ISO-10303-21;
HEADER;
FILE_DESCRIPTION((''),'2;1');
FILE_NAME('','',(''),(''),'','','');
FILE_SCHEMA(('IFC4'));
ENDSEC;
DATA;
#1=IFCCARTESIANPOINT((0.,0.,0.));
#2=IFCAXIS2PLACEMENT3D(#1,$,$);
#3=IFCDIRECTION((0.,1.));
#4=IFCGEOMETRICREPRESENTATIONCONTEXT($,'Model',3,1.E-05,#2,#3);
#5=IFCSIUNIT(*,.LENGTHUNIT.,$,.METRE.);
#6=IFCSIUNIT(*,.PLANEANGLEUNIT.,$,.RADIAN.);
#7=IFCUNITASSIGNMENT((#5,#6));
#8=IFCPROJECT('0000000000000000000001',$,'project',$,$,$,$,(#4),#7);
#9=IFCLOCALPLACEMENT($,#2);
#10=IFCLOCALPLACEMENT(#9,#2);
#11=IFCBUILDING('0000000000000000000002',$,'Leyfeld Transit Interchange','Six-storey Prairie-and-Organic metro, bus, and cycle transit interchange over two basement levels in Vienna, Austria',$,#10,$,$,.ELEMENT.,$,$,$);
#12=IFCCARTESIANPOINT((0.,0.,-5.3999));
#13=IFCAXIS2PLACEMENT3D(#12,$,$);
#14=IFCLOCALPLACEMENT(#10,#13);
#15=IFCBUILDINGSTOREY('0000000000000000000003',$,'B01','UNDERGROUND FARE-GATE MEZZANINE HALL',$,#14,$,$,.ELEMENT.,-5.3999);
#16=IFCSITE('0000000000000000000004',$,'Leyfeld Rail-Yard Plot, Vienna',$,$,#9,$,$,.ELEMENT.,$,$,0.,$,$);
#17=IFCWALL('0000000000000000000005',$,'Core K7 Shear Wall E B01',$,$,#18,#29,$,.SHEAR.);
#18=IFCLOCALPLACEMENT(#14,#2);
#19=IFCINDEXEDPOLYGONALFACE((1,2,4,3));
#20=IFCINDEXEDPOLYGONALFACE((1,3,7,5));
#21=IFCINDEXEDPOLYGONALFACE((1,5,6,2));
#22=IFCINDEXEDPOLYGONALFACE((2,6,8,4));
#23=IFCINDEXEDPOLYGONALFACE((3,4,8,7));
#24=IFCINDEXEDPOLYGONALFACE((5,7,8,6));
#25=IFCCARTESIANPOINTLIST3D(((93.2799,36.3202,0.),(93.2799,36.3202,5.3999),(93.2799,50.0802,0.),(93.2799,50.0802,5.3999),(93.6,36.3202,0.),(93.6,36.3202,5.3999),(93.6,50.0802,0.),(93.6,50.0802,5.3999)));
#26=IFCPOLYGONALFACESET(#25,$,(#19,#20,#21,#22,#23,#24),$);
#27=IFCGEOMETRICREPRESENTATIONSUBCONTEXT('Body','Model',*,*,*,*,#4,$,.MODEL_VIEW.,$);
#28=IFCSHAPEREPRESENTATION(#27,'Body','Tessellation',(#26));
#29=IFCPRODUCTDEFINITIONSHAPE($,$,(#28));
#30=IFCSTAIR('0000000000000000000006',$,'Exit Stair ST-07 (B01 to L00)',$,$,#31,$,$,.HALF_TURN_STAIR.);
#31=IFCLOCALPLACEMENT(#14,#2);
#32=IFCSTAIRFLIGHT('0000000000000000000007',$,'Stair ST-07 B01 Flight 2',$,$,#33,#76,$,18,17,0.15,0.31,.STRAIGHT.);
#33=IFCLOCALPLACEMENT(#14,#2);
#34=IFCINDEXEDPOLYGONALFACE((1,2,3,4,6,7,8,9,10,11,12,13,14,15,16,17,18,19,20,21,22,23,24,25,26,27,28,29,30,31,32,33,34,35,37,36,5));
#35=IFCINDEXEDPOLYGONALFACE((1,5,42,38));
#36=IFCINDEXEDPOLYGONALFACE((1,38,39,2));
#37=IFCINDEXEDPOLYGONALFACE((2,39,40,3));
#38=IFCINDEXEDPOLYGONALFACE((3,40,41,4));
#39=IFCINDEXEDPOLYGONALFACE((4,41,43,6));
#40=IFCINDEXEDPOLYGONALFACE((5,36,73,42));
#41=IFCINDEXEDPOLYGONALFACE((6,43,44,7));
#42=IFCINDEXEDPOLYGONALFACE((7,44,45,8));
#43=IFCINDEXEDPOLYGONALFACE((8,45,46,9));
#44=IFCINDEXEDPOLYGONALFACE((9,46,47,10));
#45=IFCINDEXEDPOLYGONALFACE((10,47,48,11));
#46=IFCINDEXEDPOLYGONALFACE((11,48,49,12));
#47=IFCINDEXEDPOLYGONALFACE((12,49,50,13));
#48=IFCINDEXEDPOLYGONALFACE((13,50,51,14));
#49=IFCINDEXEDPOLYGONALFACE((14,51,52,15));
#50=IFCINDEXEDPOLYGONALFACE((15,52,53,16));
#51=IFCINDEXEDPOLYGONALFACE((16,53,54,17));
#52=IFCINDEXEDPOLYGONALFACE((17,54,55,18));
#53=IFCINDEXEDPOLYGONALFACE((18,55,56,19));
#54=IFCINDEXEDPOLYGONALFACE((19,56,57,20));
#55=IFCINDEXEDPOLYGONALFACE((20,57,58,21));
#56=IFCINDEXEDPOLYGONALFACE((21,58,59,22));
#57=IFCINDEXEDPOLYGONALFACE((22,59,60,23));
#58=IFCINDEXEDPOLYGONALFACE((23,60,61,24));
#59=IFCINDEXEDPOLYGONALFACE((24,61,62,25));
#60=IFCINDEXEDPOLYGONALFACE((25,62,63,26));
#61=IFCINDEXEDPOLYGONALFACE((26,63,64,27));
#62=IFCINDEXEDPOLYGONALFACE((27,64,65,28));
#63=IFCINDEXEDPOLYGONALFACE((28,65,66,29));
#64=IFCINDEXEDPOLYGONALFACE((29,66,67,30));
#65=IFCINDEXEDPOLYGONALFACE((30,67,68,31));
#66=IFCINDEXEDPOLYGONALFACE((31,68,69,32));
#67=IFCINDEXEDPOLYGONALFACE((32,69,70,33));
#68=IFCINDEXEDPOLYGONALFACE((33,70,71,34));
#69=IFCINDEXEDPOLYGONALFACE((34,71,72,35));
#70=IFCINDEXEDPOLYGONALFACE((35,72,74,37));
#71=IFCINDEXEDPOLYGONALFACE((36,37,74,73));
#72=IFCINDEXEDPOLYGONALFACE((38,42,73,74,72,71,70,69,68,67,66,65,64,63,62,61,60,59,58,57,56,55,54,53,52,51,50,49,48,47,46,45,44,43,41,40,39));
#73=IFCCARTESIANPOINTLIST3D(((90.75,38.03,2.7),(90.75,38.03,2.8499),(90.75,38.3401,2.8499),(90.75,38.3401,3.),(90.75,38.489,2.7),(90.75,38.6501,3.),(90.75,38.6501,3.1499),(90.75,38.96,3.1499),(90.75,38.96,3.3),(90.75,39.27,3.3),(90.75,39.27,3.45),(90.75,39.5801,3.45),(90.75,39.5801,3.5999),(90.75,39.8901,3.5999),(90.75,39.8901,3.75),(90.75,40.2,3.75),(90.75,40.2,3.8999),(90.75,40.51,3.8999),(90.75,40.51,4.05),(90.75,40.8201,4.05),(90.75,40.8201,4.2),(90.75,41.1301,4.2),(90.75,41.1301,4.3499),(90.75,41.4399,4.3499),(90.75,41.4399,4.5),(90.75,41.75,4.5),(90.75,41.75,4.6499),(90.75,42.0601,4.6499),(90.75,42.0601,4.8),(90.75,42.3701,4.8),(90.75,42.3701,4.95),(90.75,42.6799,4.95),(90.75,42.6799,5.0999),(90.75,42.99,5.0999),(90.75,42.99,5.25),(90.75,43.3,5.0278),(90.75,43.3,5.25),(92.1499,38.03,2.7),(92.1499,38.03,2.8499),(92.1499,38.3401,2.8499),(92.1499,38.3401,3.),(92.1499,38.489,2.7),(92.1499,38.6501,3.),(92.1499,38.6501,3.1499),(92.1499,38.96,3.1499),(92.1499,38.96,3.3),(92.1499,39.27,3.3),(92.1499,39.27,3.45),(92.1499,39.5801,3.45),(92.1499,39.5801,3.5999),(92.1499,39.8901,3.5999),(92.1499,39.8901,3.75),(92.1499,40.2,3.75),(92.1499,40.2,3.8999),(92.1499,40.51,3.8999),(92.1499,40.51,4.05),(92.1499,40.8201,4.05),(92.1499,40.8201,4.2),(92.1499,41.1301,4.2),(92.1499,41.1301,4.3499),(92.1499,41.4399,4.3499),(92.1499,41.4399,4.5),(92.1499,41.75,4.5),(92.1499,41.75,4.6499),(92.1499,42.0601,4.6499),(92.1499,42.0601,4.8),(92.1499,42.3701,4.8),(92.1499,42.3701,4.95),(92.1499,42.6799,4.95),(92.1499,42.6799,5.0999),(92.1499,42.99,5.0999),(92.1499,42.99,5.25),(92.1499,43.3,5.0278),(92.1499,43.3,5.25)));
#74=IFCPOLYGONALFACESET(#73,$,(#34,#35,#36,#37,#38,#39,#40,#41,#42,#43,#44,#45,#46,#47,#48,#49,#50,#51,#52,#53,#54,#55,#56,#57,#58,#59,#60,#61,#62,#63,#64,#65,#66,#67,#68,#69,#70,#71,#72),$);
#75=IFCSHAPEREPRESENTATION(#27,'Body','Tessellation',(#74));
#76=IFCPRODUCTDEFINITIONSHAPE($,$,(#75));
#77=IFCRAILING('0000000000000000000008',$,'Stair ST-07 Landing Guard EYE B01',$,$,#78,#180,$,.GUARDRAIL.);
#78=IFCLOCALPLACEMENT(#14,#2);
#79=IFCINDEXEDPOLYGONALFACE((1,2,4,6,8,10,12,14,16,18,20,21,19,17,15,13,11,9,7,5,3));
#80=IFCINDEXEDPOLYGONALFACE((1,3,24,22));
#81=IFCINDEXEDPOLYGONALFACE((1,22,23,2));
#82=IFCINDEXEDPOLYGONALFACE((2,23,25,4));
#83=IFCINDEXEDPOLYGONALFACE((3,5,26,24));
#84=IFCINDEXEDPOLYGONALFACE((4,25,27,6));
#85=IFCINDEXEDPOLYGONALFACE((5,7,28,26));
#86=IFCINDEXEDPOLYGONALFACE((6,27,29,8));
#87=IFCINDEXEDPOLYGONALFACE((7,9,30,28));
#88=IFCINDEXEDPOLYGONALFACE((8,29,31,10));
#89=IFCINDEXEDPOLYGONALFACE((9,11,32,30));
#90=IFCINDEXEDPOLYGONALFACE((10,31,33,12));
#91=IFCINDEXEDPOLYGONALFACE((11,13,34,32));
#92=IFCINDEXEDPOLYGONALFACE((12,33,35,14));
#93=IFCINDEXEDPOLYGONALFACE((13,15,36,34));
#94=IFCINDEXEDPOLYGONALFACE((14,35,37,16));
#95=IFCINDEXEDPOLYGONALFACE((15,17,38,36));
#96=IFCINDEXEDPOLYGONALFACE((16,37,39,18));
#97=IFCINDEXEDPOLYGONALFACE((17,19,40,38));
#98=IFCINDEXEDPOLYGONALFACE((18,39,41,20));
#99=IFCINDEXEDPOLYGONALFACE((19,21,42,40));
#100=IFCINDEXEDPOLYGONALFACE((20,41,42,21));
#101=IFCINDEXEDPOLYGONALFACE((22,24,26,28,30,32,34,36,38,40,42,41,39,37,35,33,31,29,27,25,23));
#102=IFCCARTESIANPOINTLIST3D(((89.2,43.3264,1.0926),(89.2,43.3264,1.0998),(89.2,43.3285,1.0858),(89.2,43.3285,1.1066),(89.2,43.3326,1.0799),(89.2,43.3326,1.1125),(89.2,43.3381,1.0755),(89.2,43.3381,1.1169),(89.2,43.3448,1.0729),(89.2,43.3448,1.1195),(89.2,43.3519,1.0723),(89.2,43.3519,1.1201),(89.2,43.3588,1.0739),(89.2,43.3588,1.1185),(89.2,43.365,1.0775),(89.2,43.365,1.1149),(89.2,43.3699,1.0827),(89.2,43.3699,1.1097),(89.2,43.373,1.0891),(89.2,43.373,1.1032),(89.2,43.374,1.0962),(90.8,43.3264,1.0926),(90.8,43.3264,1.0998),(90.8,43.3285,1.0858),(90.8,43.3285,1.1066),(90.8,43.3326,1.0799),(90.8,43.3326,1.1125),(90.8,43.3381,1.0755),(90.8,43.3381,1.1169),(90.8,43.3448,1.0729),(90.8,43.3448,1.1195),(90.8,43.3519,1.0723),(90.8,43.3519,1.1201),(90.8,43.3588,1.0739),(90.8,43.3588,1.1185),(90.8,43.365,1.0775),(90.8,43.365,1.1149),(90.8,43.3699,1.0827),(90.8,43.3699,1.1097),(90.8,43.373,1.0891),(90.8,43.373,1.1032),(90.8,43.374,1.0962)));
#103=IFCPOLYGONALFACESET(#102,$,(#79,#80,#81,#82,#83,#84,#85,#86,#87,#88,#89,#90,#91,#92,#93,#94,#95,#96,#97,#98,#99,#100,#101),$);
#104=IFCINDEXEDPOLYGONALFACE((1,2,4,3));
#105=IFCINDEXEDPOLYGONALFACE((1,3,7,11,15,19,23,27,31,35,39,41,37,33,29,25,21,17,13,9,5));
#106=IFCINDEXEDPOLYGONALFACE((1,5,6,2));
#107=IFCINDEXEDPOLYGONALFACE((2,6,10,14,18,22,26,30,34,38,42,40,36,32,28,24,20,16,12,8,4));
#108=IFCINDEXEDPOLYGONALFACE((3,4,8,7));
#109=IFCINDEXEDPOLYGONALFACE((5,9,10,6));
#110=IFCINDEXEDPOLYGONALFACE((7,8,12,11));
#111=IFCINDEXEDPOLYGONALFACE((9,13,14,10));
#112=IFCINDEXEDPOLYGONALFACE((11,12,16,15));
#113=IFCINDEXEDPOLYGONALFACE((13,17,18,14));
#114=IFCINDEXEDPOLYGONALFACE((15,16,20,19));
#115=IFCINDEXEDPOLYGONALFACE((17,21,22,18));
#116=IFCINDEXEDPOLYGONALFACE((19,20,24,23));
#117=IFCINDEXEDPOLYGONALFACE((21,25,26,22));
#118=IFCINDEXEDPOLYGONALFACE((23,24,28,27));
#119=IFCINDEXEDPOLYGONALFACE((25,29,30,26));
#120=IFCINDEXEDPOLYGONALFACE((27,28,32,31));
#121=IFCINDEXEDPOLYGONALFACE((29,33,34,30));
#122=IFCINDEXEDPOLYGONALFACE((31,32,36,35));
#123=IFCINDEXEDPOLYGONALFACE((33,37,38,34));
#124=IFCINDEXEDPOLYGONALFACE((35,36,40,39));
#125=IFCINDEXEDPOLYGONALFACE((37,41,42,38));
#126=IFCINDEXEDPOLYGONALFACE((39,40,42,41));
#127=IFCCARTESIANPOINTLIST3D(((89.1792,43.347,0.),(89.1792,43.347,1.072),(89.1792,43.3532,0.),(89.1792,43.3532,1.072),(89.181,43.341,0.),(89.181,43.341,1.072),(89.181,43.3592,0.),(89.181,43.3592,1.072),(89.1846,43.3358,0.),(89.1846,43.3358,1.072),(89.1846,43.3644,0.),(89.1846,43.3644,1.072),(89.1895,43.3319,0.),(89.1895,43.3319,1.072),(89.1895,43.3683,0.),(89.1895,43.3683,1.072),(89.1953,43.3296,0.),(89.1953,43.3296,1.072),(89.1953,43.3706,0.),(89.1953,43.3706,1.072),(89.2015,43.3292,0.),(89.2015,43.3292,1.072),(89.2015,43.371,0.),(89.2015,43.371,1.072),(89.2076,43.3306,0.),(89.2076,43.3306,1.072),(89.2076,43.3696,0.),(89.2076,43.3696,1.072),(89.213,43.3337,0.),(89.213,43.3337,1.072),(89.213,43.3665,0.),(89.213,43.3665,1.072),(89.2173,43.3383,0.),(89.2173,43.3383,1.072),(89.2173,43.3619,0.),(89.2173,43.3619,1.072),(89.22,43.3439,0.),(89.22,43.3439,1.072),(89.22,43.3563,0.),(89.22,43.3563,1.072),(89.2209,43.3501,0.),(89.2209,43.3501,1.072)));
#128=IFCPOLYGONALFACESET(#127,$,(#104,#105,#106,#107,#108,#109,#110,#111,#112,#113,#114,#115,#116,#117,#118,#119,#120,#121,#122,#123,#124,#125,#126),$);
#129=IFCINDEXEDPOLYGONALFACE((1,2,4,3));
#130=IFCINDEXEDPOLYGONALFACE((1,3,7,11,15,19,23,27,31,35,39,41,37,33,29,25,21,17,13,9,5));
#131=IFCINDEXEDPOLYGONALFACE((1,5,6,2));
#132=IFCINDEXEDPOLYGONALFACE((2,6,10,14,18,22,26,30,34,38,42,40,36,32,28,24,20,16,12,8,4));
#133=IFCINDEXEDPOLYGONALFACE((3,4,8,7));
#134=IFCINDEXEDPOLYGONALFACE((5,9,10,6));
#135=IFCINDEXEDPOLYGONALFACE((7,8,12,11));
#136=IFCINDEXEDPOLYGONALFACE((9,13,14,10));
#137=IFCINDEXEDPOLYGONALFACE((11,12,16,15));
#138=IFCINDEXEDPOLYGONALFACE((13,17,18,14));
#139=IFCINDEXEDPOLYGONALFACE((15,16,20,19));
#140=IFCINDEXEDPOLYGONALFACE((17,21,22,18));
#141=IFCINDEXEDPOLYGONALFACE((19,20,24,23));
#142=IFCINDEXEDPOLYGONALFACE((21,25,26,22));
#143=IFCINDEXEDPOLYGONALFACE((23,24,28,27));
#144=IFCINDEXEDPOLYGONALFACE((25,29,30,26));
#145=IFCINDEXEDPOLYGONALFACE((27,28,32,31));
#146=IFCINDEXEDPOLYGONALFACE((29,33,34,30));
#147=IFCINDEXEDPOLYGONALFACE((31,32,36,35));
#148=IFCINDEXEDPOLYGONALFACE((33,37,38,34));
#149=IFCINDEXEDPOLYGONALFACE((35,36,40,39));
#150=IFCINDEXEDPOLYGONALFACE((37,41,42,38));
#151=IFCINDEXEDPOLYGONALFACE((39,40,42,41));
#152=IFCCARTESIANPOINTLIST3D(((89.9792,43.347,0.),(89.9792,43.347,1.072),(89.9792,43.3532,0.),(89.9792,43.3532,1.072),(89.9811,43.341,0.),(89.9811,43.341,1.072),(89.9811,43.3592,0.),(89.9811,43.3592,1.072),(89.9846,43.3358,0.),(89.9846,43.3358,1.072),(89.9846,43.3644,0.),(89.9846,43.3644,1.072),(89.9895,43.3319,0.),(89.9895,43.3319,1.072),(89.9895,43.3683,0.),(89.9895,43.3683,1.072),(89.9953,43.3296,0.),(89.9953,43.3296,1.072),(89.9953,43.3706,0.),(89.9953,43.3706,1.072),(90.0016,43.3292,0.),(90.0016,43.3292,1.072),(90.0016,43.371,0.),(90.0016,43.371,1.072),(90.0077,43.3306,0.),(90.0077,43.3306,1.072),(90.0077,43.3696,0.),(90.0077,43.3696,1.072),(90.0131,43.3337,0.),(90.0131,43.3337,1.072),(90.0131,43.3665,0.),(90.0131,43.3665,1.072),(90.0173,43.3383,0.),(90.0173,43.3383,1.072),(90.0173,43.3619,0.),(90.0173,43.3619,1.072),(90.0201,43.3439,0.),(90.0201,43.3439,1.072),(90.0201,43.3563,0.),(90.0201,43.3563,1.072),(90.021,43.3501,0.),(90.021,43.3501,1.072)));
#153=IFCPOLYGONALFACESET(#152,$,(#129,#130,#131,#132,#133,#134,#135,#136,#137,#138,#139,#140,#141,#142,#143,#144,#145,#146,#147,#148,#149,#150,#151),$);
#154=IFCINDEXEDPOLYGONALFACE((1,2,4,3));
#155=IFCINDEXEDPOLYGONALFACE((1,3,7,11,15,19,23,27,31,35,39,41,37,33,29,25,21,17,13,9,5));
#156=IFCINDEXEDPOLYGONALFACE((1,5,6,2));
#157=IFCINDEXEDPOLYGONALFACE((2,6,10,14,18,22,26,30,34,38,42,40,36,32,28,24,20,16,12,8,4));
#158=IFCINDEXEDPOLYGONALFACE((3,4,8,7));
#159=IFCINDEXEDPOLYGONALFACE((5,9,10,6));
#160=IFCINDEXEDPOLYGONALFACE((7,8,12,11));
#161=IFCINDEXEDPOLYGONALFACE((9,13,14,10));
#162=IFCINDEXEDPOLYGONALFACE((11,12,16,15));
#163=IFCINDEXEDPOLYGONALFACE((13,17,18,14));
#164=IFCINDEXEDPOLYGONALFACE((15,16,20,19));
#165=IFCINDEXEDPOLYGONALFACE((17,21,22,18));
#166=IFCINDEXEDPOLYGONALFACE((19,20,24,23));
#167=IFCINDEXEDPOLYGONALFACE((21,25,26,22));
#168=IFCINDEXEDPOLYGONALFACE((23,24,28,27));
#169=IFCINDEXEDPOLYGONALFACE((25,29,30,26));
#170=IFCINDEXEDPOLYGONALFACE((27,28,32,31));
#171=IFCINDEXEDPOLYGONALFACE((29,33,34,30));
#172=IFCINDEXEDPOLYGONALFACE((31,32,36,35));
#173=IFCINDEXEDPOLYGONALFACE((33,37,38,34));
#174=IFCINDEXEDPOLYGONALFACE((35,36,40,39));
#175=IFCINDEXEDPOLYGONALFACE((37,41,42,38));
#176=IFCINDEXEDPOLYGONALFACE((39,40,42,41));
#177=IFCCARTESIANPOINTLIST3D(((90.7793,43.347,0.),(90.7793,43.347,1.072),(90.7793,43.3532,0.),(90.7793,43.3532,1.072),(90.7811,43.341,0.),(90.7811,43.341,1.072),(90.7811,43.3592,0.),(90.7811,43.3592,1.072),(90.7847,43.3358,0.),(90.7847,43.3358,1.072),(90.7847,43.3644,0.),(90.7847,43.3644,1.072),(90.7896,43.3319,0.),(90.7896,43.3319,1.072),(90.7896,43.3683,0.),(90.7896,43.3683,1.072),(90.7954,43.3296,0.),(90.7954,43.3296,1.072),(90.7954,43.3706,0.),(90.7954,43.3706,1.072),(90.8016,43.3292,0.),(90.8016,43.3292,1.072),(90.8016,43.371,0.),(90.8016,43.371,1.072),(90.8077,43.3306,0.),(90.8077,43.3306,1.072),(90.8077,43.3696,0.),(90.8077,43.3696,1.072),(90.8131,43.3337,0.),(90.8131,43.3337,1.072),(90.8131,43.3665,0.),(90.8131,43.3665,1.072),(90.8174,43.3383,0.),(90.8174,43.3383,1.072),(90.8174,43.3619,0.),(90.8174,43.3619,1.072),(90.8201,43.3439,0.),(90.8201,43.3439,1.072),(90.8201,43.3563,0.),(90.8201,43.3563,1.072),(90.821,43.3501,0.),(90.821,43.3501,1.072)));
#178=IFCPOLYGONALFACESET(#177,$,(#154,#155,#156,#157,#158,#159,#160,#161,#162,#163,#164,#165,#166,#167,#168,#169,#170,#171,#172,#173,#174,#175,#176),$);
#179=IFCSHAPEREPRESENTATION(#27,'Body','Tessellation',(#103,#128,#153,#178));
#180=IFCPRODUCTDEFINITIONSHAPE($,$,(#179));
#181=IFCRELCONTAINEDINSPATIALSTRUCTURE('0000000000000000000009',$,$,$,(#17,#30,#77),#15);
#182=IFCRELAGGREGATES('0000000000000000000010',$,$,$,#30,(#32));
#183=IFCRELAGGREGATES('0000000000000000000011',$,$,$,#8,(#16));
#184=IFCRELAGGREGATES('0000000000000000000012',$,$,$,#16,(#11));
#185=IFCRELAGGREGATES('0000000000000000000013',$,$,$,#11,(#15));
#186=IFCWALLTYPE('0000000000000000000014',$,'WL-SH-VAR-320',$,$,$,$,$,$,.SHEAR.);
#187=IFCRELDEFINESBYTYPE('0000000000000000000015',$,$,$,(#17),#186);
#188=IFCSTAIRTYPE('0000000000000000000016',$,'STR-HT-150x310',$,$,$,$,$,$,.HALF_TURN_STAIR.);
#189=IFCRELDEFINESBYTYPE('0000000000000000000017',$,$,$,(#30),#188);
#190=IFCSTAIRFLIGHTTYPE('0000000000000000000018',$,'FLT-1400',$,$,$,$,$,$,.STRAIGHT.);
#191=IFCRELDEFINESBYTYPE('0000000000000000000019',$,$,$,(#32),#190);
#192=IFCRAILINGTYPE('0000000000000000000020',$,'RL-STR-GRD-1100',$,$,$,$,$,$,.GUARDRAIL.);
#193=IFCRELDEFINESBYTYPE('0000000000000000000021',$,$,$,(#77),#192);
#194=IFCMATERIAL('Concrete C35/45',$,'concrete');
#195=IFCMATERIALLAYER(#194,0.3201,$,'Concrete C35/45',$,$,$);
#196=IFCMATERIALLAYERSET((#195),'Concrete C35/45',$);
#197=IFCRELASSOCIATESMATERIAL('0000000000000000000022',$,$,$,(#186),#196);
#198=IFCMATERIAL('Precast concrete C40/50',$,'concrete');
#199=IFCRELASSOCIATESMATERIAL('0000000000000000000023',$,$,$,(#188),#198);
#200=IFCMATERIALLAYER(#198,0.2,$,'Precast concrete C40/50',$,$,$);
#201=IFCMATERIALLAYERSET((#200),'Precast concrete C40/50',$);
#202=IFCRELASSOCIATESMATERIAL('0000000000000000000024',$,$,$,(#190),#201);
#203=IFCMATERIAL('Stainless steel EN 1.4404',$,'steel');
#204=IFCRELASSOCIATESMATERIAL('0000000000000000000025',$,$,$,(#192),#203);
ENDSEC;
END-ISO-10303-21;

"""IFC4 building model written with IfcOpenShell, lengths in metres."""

from ifc_helpers import new_model, si_unit, direction, frame, frame_2d, origin, origin_2d, place, context, subcontext, project, spatial, polyline, rectangle, circle, outline, extrude, material, layer, layer_set, type_object, element, aggregate, save


model = new_model("IFC4")

# Units and contexts
model_context = context("Model", 3, precision=1e-05, world=origin(), true_north=direction((0.0, 1.0)))
body_context = subcontext(model_context, "Body", "Model", "MODEL_VIEW")
ifc_project = project(units=[si_unit("LENGTHUNIT", "METRE"), si_unit("PLANEANGLEUNIT", "RADIAN")], contexts=[model_context])

# Site, building, storey
site_placement = place(None, origin())
site = spatial("IfcSite", under=ifc_project, at=site_placement, Name="Leyfeld Rail-Yard Plot, Vienna", CompositionType="ELEMENT", RefElevation=0.0)
building_placement = place(site_placement, origin())
building = spatial("IfcBuilding", under=site, at=building_placement, Name="Leyfeld Transit Interchange", Description="Six-storey Prairie-and-Organic metro, bus, and cycle transit interchange over two basement levels in Vienna, Austria", CompositionType="ELEMENT")
storey_placement = place(building_placement, frame((0.0, 0.0, -5.3999)))
storey = spatial("IfcBuildingStorey", under=building, at=storey_placement, Name="B01", Description="UNDERGROUND FARE-GATE MEZZANINE HALL", CompositionType="ELEMENT", Elevation=-5.3999)

# Shared definitions
ifc_material_1 = material(Name="Concrete C35/45", Category="concrete")

# Wall
ifc_layer_1 = layer(ifc_material_1, 0.3201, Name="Concrete C35/45")
ifc_layer_set_1 = layer_set([ifc_layer_1], Name="Concrete C35/45")
wall_type_1 = type_object("IfcWallType", Name="WL-SH-VAR-320", PredefinedType="SHEAR", material=ifc_layer_set_1)
wall_1_placement = place(storey_placement, frame((93.4399, 50.0801, 0.0), z_axis=(0.0, 0.0, 1.0), x_axis=(0.0, -1.0, 0.0)))
element("IfcWall", 1, at=wall_1_placement, inside=storey, type_object=wall_type_1, Name="Core K7 Shear Wall E B01", PredefinedType="SHEAR", context=body_context, shape_type="SweptSolid", body=[
    extrude(rectangle(XDim=13.76, YDim=0.3201, at=frame_2d((6.8799, 0.0))), origin(), (0.0, 0.0, 1.0), 5.3999),
])

# Stair, stair flight
ifc_material_2 = material(Name="Precast concrete C40/50", Category="concrete")
stair_type = type_object("IfcStairType", Name="STR-HT-150x310", PredefinedType="HALF_TURN_STAIR", material=ifc_material_2)
stair_placement = place(storey_placement, origin())
stair = element("IfcStair", 2, at=stair_placement, inside=storey, type_object=stair_type, Name="Exit Stair ST-07 (B01 to L00)", PredefinedType="HALF_TURN_STAIR")
ifc_layer_2 = layer(ifc_material_2, 0.2, Name="Precast concrete C40/50")
ifc_layer_set_2 = layer_set([ifc_layer_2], Name="Precast concrete C40/50")
stair_flight_type = type_object("IfcStairFlightType", Name="FLT-1400", PredefinedType="STRAIGHT", material=ifc_layer_set_2)
stair_flight_placement = place(storey_placement, frame((91.45, 38.03, 2.7), z_axis=(0.0, 0.0, 1.0), x_axis=(0.0, 1.0, 0.0)))
stair_flight = element("IfcStairFlight", 3, at=stair_flight_placement, type_object=stair_flight_type, Name="Stair ST-07 B01 Flight 2", NumberOfRisers=18, NumberOfTreads=17, PredefinedType="STRAIGHT", RiserHeight=0.15, TreadLength=0.31, context=body_context, shape_type="SweptSolid", body=[
    extrude(outline(polyline([(0.0, 0.0), (0.0, 0.1499), (0.3101, 0.1499), (0.3101, 0.3), (0.6201, 0.3), (0.6201, 0.45), (0.9299, 0.45), (0.9299, 0.6001), (1.24, 0.6001), (1.24, 0.75), (1.55, 0.75), (1.55, 0.8999), (1.8601, 0.8999), (1.8601, 1.05), (2.1699, 1.05), (2.1699, 1.2), (2.48, 1.2), (2.48, 1.3501), (2.79, 1.3501), (2.79, 1.5), (3.1001, 1.5), (3.1001, 1.6499), (3.4099, 1.6499), (3.4099, 1.8), (3.72, 1.8), (3.72, 1.95), (4.03, 1.95), (4.03, 2.1001), (4.3401, 2.1001), (4.3401, 2.25), (4.6499, 2.25), (4.6499, 2.3999), (4.96, 2.3999), (4.96, 2.55), (5.27, 2.55), (5.27, 2.7), (5.27, 2.3279), (0.459, 0.0), (0.0, 0.0)])), frame((0.0, 0.7, 0.0), z_axis=(0.0, -1.0, 0.0), x_axis=(1.0, 0.0, 0.0)), (0.0, 0.0, 1.0), 1.3999),
])
aggregate(stair, [stair_flight])

# Railing
ifc_material_3 = material(Name="Stainless steel EN 1.4404", Category="steel")
railing_type_1 = type_object("IfcRailingType", Name="RL-STR-GRD-1100", PredefinedType="GUARDRAIL", material=ifc_material_3)
railing_1_placement = place(storey_placement, frame((89.2, 43.3501, 0.0)))
element("IfcRailing", 4, at=railing_1_placement, inside=storey, type_object=railing_type_1, Name="Stair ST-07 Landing Guard EYE B01", PredefinedType="GUARDRAIL", context=body_context, shape_type="SweptSolid", body=[
    extrude(circle(Radius=0.0239, at=origin_2d()), frame((0.0, 0.0, 1.0962), z_axis=(1.0, 0.0, 0.0), x_axis=(0.0, 1.0, 0.0)), (0.0, 0.0, 1.0), 1.6001),
    extrude(circle(Radius=0.021, at=origin_2d()), origin(), (0.0, 0.0, 1.0), 1.072),
    extrude(circle(Radius=0.021, at=origin_2d()), frame((0.8, 0.0, 0.0)), (0.0, 0.0, 1.0), 1.072),
    extrude(circle(Radius=0.021, at=origin_2d()), frame((1.6001, 0.0, 0.0)), (0.0, 0.0, 1.0), 1.072),
])

save(model, "model.ifc")
